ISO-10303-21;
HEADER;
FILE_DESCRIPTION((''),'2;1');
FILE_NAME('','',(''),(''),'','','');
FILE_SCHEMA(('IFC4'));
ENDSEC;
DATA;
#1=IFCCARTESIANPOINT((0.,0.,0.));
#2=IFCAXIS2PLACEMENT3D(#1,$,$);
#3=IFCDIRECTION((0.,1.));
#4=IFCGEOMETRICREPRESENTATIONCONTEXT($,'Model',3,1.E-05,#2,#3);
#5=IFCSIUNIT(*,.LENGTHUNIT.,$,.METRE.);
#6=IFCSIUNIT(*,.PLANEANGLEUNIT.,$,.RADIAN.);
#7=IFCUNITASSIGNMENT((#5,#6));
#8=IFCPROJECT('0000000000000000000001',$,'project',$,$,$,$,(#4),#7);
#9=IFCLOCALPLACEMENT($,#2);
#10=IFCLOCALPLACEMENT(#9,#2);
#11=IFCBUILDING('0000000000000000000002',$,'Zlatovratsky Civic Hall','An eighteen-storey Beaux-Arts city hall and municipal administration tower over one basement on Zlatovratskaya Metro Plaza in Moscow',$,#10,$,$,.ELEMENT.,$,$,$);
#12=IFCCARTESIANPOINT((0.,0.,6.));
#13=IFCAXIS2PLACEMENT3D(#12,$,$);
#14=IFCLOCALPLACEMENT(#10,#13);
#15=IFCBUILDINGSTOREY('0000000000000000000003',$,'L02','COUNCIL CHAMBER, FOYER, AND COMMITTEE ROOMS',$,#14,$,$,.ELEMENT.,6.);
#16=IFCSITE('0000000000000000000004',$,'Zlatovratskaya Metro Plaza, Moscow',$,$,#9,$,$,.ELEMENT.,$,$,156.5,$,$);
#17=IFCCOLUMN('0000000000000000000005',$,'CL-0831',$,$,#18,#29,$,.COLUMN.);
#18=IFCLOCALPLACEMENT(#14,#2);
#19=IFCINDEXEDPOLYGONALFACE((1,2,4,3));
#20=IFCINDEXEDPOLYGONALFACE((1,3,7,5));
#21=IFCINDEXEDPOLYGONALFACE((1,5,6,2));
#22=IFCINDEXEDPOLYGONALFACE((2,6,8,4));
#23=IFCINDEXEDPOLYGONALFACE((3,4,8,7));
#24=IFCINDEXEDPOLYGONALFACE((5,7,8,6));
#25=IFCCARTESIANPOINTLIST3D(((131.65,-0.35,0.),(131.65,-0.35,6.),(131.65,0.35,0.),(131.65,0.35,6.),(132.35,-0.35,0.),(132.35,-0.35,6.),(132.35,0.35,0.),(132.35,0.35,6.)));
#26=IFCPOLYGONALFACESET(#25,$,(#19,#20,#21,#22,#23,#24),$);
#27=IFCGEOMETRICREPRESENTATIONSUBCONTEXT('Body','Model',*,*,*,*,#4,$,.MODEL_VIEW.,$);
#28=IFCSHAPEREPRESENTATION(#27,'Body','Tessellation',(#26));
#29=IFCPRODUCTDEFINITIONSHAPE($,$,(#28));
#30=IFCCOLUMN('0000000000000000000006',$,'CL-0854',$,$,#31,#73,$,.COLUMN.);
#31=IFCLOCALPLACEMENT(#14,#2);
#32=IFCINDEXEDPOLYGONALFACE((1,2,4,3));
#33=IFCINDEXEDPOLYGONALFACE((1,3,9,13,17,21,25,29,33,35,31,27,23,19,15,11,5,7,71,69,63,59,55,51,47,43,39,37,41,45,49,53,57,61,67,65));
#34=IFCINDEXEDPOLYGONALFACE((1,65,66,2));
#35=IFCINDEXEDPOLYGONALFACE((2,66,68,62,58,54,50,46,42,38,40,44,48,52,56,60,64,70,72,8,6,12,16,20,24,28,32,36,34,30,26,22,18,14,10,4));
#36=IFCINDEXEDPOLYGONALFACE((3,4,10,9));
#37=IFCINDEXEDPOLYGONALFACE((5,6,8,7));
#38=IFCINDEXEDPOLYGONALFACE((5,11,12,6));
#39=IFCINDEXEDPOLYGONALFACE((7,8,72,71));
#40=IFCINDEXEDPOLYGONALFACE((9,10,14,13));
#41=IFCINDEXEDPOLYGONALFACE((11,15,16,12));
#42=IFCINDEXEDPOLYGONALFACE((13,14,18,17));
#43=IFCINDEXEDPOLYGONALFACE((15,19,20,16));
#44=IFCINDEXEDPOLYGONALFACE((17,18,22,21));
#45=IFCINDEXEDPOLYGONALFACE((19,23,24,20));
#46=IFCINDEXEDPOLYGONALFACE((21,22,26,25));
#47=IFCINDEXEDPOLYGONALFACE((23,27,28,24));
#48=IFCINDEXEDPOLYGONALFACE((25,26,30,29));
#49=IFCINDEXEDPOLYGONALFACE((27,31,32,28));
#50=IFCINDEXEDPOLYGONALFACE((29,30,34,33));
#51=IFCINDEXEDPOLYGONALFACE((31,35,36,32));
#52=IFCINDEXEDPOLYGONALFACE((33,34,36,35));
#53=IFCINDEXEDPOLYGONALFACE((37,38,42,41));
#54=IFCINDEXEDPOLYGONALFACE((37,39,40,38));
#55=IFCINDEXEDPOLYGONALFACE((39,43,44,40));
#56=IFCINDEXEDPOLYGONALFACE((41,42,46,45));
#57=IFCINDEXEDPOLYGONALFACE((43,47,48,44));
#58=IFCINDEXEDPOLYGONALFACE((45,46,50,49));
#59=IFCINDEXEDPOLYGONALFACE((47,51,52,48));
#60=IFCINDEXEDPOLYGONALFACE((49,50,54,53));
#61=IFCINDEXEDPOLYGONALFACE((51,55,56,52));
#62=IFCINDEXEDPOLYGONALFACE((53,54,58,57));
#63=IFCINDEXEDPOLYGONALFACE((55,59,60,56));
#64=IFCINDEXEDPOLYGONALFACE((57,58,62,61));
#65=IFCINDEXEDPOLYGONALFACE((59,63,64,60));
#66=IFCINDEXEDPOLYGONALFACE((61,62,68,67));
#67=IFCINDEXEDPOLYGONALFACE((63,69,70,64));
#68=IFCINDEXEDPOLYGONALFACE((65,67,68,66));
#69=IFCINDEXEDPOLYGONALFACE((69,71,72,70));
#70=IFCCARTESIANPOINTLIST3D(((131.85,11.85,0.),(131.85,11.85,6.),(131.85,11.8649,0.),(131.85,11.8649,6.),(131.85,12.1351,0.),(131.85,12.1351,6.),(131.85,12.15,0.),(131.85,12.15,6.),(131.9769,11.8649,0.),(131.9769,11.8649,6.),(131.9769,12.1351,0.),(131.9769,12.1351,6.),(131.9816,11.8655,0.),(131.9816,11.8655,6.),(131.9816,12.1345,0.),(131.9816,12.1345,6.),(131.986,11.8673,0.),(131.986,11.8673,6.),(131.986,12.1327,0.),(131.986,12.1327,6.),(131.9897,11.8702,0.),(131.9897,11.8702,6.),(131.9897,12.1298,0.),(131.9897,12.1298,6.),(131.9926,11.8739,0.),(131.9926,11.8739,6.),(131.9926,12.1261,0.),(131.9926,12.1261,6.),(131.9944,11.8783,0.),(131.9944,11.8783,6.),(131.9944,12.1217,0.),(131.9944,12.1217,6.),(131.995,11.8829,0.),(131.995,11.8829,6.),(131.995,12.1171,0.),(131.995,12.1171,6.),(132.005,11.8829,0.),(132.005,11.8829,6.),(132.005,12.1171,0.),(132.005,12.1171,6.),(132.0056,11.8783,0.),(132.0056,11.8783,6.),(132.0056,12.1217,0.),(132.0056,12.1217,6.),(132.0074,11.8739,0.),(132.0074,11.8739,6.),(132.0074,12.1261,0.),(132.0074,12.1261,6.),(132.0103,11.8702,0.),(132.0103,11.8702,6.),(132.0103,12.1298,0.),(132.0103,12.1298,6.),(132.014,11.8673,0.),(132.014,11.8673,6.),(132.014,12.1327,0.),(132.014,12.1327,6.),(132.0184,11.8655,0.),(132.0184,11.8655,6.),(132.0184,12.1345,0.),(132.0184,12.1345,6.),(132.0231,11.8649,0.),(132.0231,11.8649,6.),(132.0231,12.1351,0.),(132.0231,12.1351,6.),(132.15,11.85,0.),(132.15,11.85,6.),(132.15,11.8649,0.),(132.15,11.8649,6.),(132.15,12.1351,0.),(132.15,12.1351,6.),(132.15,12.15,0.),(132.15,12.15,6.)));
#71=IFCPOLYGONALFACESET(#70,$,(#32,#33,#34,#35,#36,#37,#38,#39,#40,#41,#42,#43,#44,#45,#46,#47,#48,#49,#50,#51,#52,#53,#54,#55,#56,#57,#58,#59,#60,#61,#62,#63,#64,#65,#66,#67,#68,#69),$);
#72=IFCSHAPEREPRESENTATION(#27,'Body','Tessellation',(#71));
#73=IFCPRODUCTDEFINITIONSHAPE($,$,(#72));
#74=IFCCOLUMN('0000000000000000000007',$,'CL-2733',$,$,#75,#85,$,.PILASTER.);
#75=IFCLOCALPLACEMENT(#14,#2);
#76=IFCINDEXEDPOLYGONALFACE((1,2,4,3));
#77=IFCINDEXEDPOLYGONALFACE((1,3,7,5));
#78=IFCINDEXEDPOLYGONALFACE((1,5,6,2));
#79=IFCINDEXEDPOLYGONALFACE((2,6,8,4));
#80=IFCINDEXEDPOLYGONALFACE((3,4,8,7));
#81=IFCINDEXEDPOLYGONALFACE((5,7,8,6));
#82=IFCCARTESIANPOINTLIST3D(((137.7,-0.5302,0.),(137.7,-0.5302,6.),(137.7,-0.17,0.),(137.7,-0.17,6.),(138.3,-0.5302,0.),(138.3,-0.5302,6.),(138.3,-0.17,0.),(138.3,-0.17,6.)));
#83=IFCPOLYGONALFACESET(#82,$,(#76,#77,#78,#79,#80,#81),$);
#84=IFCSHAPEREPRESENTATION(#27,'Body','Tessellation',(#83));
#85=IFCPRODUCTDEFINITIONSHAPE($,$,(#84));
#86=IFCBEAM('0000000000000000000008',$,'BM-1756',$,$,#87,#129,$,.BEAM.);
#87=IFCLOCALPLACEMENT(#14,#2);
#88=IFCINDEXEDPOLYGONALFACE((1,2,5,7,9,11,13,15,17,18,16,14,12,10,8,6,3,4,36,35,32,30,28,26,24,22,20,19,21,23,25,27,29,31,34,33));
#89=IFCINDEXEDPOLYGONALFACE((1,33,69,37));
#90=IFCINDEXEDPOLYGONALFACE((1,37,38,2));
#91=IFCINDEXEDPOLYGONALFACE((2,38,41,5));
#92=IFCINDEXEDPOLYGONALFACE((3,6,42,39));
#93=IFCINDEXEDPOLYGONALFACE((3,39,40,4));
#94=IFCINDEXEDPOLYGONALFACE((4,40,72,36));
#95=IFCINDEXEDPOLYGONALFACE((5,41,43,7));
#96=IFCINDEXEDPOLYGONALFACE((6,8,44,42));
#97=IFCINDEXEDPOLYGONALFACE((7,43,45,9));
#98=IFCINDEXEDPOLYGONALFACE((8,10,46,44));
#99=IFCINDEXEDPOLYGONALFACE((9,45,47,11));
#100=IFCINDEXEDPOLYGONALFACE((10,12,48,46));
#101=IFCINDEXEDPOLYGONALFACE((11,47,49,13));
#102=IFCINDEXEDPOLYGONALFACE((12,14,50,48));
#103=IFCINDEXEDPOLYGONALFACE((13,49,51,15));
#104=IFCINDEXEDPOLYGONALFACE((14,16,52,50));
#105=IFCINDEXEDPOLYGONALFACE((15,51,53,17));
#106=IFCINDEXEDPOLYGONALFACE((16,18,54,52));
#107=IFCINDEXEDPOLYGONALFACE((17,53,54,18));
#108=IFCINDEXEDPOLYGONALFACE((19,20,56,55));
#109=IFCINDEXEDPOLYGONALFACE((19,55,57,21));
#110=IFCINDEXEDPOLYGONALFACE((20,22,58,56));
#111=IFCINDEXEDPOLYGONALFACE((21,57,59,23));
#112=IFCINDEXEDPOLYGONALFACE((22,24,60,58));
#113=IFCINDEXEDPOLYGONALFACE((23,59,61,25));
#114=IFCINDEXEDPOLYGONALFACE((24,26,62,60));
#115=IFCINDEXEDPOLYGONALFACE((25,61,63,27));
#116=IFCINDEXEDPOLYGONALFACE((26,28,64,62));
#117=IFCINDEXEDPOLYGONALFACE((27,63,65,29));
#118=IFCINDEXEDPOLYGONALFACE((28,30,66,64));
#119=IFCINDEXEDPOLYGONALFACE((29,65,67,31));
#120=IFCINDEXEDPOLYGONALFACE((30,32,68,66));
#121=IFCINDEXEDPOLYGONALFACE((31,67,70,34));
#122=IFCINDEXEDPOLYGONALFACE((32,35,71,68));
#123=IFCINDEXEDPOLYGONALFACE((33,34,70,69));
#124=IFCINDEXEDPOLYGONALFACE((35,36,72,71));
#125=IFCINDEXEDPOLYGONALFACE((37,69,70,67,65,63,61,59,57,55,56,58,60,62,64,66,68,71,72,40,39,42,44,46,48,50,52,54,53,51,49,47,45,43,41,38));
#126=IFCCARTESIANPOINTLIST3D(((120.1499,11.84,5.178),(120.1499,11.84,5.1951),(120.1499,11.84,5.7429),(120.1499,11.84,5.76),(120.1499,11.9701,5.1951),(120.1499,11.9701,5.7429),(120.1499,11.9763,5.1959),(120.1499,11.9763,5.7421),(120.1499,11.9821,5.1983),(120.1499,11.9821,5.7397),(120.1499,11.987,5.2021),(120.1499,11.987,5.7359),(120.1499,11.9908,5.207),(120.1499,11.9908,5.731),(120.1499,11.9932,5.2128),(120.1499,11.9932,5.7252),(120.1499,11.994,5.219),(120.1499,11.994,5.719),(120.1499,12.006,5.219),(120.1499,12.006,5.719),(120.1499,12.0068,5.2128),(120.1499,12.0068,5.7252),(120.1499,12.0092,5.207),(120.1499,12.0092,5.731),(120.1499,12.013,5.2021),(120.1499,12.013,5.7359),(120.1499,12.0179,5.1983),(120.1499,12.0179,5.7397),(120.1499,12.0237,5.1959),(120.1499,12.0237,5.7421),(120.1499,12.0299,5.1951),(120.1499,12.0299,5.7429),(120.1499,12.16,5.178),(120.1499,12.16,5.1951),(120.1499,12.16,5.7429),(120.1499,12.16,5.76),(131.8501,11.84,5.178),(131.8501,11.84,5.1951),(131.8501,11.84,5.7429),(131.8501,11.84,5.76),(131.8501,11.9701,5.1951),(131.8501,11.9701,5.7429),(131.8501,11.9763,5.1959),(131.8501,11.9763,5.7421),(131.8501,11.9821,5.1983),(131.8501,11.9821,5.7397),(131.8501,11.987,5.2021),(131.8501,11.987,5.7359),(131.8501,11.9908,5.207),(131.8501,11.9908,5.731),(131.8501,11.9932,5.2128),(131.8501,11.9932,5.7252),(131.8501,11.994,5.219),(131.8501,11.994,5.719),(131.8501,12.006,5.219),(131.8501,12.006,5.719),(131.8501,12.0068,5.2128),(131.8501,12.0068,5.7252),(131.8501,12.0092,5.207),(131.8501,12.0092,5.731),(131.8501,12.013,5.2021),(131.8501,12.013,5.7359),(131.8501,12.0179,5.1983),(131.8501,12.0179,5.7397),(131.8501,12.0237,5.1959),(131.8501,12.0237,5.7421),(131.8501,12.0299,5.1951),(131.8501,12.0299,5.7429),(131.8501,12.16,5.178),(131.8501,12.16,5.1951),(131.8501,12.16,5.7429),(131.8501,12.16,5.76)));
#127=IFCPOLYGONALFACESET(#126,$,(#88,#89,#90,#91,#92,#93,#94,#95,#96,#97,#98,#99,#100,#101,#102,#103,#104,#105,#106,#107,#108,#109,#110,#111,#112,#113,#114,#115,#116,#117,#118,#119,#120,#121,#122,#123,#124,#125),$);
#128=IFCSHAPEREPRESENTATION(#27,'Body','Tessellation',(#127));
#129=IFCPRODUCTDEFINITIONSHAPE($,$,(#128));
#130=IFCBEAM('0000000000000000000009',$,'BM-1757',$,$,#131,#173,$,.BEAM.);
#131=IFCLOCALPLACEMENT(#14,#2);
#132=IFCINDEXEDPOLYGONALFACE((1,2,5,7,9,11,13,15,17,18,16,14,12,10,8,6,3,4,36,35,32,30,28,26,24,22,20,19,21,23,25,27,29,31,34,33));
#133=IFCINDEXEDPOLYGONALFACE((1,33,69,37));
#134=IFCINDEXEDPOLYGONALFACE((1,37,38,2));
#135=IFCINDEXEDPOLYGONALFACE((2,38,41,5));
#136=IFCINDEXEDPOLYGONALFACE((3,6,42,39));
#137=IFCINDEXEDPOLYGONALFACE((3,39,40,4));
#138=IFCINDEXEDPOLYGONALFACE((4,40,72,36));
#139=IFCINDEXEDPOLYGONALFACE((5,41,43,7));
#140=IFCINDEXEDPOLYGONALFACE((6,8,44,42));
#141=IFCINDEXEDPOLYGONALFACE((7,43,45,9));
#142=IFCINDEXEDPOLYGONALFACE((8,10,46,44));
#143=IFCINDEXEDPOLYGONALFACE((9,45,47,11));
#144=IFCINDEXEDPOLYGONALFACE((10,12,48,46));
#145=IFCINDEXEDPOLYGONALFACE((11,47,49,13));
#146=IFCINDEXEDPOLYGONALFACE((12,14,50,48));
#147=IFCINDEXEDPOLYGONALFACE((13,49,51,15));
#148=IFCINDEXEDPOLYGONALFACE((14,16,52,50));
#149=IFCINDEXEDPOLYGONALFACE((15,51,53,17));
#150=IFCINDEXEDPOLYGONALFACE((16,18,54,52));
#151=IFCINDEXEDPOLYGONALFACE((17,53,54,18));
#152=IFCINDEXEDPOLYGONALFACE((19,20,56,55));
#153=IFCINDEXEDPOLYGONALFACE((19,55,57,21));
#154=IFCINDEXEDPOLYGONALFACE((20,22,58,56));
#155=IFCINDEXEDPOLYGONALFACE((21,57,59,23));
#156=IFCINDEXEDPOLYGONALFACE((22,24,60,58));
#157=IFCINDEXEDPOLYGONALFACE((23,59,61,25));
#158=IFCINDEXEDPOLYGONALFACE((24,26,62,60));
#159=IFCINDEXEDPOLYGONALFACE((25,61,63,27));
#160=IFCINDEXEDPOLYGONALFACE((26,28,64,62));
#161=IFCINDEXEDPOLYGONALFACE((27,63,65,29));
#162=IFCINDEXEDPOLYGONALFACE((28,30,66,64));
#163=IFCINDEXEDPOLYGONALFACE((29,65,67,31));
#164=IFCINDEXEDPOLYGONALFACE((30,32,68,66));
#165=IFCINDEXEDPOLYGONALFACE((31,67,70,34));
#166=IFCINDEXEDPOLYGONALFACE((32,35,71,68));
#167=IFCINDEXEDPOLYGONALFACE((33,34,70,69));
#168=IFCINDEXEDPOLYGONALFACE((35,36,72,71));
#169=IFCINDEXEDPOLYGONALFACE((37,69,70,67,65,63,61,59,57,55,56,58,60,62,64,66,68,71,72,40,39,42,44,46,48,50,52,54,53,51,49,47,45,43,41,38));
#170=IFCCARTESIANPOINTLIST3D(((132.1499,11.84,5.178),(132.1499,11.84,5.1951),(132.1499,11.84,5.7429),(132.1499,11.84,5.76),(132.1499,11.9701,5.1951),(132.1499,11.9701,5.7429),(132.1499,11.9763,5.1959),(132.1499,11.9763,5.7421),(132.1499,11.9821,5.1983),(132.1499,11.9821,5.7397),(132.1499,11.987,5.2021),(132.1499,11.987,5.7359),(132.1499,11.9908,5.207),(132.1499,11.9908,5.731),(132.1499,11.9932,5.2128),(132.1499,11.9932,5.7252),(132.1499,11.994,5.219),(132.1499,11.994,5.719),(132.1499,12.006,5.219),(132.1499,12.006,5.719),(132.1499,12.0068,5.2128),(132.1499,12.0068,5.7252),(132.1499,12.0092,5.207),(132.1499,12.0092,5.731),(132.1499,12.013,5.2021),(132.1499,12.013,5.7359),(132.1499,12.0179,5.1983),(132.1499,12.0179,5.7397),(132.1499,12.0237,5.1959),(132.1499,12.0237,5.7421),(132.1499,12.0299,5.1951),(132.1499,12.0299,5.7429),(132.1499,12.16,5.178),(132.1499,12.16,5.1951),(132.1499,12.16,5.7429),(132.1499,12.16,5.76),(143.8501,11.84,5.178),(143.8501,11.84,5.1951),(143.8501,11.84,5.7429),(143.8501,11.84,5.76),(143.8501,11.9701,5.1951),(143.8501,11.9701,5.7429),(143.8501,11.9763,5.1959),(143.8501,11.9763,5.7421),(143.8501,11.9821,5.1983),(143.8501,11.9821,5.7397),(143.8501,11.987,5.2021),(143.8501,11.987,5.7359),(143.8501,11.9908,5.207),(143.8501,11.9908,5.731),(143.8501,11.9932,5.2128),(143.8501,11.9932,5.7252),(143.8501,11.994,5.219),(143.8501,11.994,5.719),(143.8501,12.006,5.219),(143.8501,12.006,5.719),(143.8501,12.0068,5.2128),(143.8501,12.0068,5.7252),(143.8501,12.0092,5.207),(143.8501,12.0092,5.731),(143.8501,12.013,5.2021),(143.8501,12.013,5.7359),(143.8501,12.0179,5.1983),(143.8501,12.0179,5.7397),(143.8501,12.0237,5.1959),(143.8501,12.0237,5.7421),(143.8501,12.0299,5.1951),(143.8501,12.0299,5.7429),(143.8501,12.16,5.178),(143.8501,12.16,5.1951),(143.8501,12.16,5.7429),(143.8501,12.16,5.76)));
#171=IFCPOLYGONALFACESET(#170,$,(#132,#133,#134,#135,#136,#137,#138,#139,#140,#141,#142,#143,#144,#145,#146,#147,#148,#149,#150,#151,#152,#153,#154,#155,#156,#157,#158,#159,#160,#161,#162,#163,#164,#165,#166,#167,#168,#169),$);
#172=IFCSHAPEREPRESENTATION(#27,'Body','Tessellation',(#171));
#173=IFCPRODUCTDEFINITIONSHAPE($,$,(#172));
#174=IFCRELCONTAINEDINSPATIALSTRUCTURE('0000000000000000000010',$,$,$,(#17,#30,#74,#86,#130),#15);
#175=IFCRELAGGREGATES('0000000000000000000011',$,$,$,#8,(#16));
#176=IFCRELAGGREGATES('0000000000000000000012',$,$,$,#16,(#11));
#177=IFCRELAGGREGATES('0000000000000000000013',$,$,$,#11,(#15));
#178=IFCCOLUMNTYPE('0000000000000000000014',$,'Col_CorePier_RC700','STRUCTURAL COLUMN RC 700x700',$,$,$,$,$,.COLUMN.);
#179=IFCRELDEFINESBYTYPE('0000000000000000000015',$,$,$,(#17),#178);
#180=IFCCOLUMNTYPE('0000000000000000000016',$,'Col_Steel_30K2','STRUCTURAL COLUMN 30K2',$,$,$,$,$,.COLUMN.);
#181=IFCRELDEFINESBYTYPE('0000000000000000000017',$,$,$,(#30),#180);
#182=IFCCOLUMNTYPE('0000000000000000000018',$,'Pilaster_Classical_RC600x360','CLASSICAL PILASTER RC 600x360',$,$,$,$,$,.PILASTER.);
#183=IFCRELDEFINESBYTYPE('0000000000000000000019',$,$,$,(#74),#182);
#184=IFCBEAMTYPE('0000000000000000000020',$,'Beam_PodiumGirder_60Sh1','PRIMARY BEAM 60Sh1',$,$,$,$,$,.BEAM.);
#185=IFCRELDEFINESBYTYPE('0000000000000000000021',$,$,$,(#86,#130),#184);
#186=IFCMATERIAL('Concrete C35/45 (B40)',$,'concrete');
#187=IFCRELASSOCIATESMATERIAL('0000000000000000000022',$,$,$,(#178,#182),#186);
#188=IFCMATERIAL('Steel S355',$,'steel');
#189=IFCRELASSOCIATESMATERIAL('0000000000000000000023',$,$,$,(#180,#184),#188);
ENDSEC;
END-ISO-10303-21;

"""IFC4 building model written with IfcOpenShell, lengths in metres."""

from ifc_helpers import new_model, si_unit, direction, frame, origin, origin_2d, place, context, subcontext, project, spatial, rectangle, i_section, extrude, material, material_profile, profile_set, type_object, element, save


model = new_model("IFC4")

# Units and contexts
model_context = context("Model", 3, precision=1e-05, world=origin(), true_north=direction((0.0, 1.0)))
body_context = subcontext(model_context, "Body", "Model", "MODEL_VIEW")
ifc_project = project(units=[si_unit("LENGTHUNIT", "METRE"), si_unit("PLANEANGLEUNIT", "RADIAN")], contexts=[model_context])

# Site, building, storey
site_placement = place(None, origin())
site = spatial("IfcSite", under=ifc_project, at=site_placement, Name="Zlatovratskaya Metro Plaza, Moscow", CompositionType="ELEMENT", RefElevation=156.5)
building_placement = place(site_placement, origin())
building = spatial("IfcBuilding", under=site, at=building_placement, Name="Zlatovratsky Civic Hall", Description="An eighteen-storey Beaux-Arts city hall and municipal administration tower over one basement on Zlatovratskaya Metro Plaza in Moscow", CompositionType="ELEMENT")
storey_placement = place(building_placement, frame((0.0, 0.0, 6.0)))
storey = spatial("IfcBuildingStorey", under=building, at=storey_placement, Name="L02", Description="COUNCIL CHAMBER, FOYER, AND COMMITTEE ROOMS", CompositionType="ELEMENT", Elevation=6.0)

# Columns
ifc_material_1 = material(Name="Concrete C35/45 (B40)", Category="concrete")
ifc_material_profile_1 = material_profile(ifc_material_1, rectangle(XDim=0.7, YDim=0.7, at=origin_2d()), Name="RC 700x700")
ifc_profile_set_1 = profile_set([ifc_material_profile_1], Name="Concrete C35/45 (B40)")
column_type_1 = type_object("IfcColumnType", Name="Col_CorePier_RC700", Description="STRUCTURAL COLUMN RC 700x700", PredefinedType="COLUMN", material=ifc_profile_set_1)
column_1_placement = place(storey_placement, frame((132.0, 0.0, 0.0), z_axis=(0.0, 0.0, 1.0), x_axis=(1.0, 0.0, 0.0)))
element("IfcColumn", 1, at=column_1_placement, inside=storey, type_object=column_type_1, Name="CL-0831", PredefinedType="COLUMN", context=body_context, shape_type="SweptSolid", body=[
    extrude(rectangle(XDim=0.7, YDim=0.7, at=origin_2d()), origin(), (0.0, 0.0, 1.0), 6.0),
])
ifc_material_2 = material(Name="Steel S355", Category="steel")
ifc_material_profile_2 = material_profile(ifc_material_2, i_section(OverallWidth=0.3, OverallDepth=0.3, WebThickness=0.01, FlangeThickness=0.0149, FilletRadius=0.0181, at=origin_2d()), Name="30K2")
ifc_profile_set_2 = profile_set([ifc_material_profile_2], Name="Steel S355")
column_type_2 = type_object("IfcColumnType", Name="Col_Steel_30K2", Description="STRUCTURAL COLUMN 30K2", PredefinedType="COLUMN", material=ifc_profile_set_2)
column_2_placement = place(storey_placement, frame((132.0, 12.0, 0.0), z_axis=(0.0, 0.0, 1.0), x_axis=(1.0, 0.0, 0.0)))
element("IfcColumn", 2, at=column_2_placement, inside=storey, type_object=column_type_2, Name="CL-0854", PredefinedType="COLUMN", context=body_context, shape_type="SweptSolid", body=[
    extrude(i_section(OverallWidth=0.3, OverallDepth=0.3, WebThickness=0.01, FlangeThickness=0.0149, FilletRadius=0.0181, at=origin_2d()), origin(), (0.0, 0.0, 1.0), 6.0),
])
ifc_material_profile_3 = material_profile(ifc_material_1, rectangle(XDim=0.6001, YDim=0.3601, at=origin_2d()), Name="RC 600x360")
ifc_profile_set_3 = profile_set([ifc_material_profile_3], Name="Concrete C35/45 (B40)")
column_type_3 = type_object("IfcColumnType", Name="Pilaster_Classical_RC600x360", Description="CLASSICAL PILASTER RC 600x360", PredefinedType="PILASTER", material=ifc_profile_set_3)
column_3_placement = place(storey_placement, frame((138.0, -0.3501, 0.0), z_axis=(0.0, 0.0, 1.0), x_axis=(1.0, 0.0, 0.0)))
element("IfcColumn", 3, at=column_3_placement, inside=storey, type_object=column_type_3, Name="CL-2733", PredefinedType="PILASTER", context=body_context, shape_type="SweptSolid", body=[
    extrude(rectangle(XDim=0.6001, YDim=0.3601, at=origin_2d()), origin(), (0.0, 0.0, 1.0), 6.0),
])

# Beams
ifc_material_profile_4 = material_profile(ifc_material_2, i_section(OverallWidth=0.3201, OverallDepth=0.582, WebThickness=0.012, FlangeThickness=0.0171, FilletRadius=0.0239, at=origin_2d()), Name="60Sh1")
ifc_profile_set_4 = profile_set([ifc_material_profile_4], Name="Steel S355")
beam_type_1 = type_object("IfcBeamType", Name="Beam_PodiumGirder_60Sh1", Description="PRIMARY BEAM 60Sh1", PredefinedType="BEAM", material=ifc_profile_set_4)
for number, where, z_axis, x_axis, name in (
    (4, (120.1499, 12.0, 5.469), (1.0, 0.0, 0.0), (0.0, 1.0, 0.0), "BM-1756"),
    (5, (132.1499, 12.0, 5.469), (1.0, 0.0, 0.0), (0.0, 1.0, 0.0), "BM-1757"),
):
    element("IfcBeam", number, at=place(storey_placement, frame(where, z_axis=z_axis, x_axis=x_axis)), inside=storey, type_object=beam_type_1, Name=name, PredefinedType="BEAM", context=body_context, shape_type="SweptSolid", body=[
        extrude(i_section(OverallWidth=0.3201, OverallDepth=0.582, WebThickness=0.012, FlangeThickness=0.0171, FilletRadius=0.0239, at=origin_2d()), origin(), (0.0, 0.0, 1.0), 11.7002),
    ])

save(model, "model.ifc")
